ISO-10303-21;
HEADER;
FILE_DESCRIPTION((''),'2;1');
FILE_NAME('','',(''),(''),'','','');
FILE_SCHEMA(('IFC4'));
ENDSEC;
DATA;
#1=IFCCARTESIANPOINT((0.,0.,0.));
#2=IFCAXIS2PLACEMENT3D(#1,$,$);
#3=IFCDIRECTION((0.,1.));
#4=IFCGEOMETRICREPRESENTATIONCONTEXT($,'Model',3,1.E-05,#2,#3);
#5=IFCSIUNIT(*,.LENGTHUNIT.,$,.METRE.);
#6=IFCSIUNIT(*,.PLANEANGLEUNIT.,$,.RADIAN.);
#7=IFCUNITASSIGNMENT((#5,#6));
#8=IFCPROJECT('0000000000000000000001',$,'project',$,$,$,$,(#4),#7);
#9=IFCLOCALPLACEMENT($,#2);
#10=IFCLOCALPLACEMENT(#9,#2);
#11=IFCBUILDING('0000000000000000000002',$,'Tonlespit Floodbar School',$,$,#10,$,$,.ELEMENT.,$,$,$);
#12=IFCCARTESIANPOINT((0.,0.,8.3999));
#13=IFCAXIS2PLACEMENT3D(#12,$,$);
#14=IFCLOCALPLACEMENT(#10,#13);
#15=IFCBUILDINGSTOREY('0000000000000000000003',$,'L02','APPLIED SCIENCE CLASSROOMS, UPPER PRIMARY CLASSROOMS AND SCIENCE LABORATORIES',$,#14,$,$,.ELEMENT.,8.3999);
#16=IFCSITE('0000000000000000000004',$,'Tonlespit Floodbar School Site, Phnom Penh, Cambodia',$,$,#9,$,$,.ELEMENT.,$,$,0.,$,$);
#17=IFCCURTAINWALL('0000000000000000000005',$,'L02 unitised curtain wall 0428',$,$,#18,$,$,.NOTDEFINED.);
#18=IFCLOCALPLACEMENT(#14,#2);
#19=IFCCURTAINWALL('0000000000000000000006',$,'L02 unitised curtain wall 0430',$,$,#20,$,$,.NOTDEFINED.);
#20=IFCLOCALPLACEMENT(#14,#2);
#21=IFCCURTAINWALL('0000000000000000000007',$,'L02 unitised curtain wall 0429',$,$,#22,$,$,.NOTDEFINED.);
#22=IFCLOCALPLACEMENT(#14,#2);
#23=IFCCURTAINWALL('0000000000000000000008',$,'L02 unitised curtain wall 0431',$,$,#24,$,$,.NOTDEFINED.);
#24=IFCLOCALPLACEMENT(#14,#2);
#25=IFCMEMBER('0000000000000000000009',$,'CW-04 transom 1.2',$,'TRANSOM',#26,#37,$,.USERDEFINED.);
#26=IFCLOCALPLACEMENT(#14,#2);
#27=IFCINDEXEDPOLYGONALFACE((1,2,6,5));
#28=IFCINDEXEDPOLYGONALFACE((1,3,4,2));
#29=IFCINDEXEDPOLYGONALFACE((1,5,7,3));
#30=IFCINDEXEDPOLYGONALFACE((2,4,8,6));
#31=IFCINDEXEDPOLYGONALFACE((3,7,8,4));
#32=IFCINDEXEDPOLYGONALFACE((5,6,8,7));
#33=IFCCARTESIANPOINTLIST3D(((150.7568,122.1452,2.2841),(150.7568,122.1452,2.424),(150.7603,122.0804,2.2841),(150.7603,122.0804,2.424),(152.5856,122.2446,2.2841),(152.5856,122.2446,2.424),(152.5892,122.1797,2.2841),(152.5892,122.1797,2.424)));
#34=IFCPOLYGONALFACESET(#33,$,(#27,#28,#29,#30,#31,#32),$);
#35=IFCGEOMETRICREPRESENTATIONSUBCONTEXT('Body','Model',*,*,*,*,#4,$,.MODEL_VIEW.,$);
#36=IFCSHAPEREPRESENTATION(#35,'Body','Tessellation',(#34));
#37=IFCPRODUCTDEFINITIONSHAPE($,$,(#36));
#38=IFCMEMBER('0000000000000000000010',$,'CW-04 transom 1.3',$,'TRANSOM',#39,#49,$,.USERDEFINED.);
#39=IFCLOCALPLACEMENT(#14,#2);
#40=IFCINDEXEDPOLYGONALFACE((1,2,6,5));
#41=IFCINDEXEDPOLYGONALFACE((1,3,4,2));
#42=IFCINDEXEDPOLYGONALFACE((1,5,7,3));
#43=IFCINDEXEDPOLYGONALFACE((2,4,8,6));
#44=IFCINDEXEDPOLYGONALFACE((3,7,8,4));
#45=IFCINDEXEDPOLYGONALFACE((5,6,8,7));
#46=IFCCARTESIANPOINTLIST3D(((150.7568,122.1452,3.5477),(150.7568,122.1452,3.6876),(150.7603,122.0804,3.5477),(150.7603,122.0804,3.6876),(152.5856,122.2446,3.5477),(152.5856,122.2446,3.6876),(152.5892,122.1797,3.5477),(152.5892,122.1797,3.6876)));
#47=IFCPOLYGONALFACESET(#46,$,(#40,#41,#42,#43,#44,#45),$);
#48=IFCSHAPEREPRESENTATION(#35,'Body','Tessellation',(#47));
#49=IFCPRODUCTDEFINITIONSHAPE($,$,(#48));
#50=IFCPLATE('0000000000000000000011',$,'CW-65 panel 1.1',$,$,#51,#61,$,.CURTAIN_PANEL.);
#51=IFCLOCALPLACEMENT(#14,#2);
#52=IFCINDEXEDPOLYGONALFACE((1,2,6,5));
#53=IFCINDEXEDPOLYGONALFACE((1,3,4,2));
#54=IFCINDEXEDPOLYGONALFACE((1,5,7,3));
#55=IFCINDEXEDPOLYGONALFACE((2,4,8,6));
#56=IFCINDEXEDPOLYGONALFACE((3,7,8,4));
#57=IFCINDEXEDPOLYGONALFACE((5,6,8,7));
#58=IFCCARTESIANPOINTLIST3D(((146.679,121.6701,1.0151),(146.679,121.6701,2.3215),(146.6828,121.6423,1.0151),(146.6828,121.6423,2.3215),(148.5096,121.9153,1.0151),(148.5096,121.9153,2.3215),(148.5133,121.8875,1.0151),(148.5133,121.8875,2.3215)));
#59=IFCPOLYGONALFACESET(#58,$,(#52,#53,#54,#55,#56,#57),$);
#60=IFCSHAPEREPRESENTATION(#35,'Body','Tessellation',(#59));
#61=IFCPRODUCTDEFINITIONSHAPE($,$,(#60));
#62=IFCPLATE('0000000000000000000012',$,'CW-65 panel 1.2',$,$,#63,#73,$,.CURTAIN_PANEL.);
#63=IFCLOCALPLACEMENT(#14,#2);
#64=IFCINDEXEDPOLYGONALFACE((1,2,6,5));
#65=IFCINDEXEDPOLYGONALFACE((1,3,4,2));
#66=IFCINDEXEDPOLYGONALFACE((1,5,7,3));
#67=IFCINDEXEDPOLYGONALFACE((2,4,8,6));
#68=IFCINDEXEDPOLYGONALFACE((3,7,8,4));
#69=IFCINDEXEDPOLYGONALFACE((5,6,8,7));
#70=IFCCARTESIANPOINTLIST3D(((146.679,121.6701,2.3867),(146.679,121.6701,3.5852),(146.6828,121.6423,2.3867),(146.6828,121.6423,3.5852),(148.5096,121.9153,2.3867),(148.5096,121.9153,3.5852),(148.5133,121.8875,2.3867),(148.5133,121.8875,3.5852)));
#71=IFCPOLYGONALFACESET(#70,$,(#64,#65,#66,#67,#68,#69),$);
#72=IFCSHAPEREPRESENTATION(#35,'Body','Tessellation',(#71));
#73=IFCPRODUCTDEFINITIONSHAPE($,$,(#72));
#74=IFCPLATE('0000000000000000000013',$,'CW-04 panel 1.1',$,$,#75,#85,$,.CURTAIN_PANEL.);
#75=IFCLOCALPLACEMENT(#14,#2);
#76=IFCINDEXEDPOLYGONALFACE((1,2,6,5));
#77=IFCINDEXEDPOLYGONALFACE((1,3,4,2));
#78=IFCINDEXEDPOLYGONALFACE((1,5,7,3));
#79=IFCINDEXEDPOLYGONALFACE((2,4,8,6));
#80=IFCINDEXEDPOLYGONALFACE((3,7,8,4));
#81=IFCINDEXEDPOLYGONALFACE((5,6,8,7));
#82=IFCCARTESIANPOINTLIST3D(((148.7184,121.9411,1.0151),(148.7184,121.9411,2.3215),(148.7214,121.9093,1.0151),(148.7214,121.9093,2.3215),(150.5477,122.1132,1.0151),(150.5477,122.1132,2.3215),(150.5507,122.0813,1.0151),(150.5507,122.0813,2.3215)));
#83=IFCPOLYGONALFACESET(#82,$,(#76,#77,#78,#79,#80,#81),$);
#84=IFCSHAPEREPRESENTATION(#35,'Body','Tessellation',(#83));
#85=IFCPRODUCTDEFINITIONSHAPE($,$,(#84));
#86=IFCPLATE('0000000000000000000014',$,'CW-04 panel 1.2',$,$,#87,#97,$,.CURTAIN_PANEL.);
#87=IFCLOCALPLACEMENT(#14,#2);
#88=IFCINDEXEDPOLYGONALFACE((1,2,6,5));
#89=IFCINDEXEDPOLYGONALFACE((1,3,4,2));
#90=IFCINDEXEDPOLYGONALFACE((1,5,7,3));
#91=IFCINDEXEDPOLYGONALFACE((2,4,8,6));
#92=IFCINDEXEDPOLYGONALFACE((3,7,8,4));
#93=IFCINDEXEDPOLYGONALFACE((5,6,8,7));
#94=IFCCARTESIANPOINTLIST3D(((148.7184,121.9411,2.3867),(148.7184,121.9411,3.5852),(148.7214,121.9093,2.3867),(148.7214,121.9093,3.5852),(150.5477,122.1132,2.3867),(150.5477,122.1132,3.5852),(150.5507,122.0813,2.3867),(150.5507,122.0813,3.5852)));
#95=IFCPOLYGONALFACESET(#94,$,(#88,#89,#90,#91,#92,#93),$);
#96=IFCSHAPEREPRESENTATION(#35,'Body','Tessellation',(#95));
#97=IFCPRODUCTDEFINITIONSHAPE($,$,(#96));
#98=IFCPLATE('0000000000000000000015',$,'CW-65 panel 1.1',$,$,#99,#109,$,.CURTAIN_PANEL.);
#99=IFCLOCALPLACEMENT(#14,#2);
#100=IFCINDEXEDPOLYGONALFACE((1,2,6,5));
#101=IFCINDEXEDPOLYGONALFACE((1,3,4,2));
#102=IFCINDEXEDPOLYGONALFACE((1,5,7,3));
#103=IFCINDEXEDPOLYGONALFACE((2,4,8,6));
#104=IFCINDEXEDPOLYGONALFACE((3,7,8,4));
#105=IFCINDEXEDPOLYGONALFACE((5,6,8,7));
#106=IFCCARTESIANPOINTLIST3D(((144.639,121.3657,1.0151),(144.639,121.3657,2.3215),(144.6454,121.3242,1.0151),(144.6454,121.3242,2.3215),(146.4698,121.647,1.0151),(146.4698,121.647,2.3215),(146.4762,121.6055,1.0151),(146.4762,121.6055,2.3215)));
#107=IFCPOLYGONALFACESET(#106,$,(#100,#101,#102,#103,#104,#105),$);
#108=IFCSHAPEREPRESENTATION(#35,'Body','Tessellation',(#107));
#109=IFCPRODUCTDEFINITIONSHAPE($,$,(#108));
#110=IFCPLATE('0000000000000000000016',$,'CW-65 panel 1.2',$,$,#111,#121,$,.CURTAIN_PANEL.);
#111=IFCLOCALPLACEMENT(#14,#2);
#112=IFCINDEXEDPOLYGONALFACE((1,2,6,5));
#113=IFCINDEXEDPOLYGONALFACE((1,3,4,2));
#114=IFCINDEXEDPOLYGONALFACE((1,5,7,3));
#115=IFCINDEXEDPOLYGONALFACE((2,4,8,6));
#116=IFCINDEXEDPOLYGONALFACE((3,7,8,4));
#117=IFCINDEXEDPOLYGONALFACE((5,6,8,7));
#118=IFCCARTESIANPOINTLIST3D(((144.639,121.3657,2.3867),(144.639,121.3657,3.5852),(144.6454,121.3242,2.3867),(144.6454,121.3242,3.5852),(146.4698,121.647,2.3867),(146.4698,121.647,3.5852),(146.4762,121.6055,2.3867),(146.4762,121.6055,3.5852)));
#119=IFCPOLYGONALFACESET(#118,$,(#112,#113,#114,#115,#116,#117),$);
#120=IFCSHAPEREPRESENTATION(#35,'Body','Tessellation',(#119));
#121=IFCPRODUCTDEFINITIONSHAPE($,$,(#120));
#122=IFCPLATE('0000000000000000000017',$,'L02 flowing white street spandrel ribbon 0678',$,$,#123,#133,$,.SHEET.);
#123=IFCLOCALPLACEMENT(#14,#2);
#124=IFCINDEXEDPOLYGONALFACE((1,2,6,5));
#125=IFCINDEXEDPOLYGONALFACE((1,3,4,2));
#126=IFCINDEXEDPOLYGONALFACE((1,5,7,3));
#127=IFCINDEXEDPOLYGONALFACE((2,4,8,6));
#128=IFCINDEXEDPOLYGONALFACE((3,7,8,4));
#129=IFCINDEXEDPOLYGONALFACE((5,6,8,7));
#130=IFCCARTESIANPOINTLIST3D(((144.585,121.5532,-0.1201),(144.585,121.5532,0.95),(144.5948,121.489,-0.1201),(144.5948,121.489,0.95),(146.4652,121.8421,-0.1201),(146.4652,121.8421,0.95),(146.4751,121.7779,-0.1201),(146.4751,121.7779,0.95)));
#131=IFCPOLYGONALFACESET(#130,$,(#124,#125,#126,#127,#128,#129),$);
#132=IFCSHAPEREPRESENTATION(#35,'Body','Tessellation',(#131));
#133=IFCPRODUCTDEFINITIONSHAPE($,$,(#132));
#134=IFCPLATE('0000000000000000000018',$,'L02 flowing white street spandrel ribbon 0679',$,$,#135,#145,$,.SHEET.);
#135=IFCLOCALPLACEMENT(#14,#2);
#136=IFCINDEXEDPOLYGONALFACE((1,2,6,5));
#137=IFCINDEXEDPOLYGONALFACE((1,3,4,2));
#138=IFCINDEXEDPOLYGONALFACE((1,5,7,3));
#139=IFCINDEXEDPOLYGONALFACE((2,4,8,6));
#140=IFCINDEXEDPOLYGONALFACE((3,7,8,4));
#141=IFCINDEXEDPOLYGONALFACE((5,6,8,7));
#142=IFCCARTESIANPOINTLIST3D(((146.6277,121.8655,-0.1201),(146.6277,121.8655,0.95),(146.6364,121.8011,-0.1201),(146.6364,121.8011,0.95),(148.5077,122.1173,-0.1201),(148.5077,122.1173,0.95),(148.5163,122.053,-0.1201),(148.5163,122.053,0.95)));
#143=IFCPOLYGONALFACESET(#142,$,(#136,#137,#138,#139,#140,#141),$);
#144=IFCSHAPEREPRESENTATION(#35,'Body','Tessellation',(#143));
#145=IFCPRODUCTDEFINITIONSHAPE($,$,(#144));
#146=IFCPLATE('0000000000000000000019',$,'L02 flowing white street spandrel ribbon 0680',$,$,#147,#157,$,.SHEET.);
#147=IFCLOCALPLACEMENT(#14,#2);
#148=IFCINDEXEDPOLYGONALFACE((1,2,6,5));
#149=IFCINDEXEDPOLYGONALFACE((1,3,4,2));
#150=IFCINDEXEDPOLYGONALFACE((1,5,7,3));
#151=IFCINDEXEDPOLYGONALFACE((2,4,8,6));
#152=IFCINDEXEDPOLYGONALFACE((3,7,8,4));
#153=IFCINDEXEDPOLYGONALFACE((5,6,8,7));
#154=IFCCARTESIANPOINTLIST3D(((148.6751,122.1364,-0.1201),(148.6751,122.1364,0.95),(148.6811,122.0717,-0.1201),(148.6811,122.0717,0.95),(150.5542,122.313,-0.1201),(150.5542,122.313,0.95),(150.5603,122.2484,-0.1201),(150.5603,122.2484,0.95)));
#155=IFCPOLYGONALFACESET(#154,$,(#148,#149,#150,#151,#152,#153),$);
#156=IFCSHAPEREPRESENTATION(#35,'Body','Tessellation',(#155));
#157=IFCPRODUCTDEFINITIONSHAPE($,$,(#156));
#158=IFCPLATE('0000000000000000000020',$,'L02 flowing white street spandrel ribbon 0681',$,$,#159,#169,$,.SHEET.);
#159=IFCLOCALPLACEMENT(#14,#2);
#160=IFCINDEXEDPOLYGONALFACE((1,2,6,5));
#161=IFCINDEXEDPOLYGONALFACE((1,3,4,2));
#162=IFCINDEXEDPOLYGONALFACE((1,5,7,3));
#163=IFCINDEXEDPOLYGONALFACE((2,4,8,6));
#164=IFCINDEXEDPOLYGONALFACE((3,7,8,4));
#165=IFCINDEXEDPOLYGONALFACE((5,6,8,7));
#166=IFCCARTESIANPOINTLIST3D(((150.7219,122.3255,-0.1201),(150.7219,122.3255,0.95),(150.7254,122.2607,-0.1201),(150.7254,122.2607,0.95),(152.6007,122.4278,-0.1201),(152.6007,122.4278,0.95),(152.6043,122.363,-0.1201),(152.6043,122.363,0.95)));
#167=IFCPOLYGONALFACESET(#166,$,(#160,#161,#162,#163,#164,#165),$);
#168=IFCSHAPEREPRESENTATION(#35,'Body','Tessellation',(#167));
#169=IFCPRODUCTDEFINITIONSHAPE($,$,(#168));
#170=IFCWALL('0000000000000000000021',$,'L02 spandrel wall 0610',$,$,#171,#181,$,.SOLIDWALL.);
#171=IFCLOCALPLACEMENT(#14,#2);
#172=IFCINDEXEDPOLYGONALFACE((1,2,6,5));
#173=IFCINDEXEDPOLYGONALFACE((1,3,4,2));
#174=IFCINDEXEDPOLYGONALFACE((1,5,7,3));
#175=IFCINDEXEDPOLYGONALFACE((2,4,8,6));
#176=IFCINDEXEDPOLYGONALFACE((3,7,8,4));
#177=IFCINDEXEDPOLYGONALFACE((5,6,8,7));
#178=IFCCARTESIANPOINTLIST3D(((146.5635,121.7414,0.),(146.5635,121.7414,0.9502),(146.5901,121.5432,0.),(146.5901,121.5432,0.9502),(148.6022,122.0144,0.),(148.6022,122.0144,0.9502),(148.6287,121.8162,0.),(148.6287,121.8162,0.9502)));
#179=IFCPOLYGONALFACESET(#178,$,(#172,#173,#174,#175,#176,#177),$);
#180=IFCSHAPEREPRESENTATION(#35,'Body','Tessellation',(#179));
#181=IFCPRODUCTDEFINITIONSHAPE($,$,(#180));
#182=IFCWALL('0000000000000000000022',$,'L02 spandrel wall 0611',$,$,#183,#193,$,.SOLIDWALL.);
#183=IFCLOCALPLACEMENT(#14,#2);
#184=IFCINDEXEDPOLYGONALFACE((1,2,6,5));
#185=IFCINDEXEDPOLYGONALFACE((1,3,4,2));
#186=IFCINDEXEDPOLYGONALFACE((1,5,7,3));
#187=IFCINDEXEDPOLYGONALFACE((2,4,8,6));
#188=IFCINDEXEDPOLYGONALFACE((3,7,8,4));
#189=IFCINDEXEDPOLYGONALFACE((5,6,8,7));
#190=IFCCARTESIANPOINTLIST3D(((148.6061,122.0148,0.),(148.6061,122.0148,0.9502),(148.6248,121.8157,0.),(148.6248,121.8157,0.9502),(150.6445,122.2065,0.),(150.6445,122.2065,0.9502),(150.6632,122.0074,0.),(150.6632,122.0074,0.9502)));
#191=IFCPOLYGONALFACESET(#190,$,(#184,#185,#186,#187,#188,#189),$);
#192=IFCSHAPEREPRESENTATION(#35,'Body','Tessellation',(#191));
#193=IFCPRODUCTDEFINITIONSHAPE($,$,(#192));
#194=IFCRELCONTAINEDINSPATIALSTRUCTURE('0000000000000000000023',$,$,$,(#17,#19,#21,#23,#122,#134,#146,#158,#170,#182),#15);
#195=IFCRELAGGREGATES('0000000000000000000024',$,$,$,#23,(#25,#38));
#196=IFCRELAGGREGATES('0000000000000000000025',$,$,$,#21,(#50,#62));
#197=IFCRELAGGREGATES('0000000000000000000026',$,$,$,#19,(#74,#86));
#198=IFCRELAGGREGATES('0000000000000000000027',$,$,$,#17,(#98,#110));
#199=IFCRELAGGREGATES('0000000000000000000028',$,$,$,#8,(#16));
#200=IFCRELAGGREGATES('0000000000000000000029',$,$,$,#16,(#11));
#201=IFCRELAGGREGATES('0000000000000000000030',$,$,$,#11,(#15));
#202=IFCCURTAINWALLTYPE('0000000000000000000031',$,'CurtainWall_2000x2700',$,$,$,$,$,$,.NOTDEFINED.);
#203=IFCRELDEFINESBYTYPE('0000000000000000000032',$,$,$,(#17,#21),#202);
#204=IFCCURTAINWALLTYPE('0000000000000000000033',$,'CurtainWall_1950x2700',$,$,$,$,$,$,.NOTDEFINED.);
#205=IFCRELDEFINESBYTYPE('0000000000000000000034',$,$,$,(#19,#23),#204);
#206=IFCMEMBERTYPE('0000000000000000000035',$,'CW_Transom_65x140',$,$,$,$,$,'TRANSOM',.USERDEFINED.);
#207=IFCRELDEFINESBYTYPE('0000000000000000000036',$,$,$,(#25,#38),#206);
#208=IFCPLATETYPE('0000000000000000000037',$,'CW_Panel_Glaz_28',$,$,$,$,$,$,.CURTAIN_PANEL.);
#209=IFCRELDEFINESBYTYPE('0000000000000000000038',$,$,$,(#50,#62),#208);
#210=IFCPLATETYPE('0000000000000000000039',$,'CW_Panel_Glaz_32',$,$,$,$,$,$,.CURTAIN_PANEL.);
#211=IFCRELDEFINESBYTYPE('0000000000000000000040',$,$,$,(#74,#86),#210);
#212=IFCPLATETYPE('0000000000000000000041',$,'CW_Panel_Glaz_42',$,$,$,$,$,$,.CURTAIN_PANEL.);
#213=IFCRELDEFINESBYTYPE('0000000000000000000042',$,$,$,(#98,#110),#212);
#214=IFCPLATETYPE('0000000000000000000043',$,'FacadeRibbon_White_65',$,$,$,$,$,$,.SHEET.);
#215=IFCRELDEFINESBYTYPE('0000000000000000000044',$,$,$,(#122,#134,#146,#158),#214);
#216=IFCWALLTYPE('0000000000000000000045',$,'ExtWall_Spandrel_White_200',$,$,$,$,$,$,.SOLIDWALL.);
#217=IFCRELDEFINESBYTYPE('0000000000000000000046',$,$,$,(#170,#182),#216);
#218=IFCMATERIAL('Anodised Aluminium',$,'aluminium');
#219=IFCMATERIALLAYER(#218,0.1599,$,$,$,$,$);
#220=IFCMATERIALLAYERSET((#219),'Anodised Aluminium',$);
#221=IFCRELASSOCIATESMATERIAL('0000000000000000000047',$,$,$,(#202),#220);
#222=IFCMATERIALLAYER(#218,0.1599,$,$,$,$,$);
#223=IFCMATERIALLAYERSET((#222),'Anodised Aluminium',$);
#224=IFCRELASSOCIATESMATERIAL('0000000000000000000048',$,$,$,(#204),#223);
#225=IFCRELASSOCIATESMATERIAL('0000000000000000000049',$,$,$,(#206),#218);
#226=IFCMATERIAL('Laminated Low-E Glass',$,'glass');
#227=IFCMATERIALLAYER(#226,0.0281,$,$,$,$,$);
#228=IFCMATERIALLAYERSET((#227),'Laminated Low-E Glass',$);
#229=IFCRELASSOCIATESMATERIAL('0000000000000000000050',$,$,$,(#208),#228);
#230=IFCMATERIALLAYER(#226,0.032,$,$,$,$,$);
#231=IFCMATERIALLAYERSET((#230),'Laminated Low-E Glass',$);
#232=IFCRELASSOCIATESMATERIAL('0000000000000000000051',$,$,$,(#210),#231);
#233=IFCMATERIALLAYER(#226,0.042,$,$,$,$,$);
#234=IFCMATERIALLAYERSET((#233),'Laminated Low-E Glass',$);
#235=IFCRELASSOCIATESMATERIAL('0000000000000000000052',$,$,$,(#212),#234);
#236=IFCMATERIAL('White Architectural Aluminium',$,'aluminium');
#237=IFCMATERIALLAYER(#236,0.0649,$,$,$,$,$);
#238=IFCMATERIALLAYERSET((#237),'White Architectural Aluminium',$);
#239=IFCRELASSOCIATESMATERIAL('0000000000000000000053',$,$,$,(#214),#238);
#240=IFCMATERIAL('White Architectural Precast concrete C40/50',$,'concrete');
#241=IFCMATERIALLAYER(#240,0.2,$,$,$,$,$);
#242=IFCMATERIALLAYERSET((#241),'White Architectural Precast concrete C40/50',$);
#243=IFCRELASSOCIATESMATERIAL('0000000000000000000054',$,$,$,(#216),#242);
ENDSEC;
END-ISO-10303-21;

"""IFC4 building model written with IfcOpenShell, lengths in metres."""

from ifc_helpers import new_model, si_unit, direction, frame, frame_2d, origin, origin_2d, place, context, subcontext, project, spatial, rectangle, extrude, material, layer, layer_set, material_profile, profile_set, type_object, element, aggregate, save


model = new_model("IFC4")

# Units and contexts
model_context = context("Model", 3, precision=1e-05, world=origin(), true_north=direction((0.0, 1.0)))
body_context = subcontext(model_context, "Body", "Model", "MODEL_VIEW")
ifc_project = project(units=[si_unit("LENGTHUNIT", "METRE"), si_unit("PLANEANGLEUNIT", "RADIAN")], contexts=[model_context])

# Site, building, storey
site_placement = place(None, origin())
site = spatial("IfcSite", under=ifc_project, at=site_placement, Name="Tonlespit Floodbar School Site, Phnom Penh, Cambodia", CompositionType="ELEMENT", RefElevation=0.0)
building_placement = place(site_placement, origin())
building = spatial("IfcBuilding", under=site, at=building_placement, Name="Tonlespit Floodbar School", CompositionType="ELEMENT")
storey_placement = place(building_placement, frame((0.0, 0.0, 8.3999)))
storey = spatial("IfcBuildingStorey", under=building, at=storey_placement, Name="L02", Description="APPLIED SCIENCE CLASSROOMS, UPPER PRIMARY CLASSROOMS AND SCIENCE LABORATORIES", CompositionType="ELEMENT", Elevation=8.3999)

# Curtain wall
ifc_material_1 = material(Name="Anodised Aluminium", Category="aluminium")
ifc_layer_1 = layer(ifc_material_1, 0.1599)
ifc_layer_set_1 = layer_set([ifc_layer_1], Name="Anodised Aluminium")
curtain_wall_type_1 = type_object("IfcCurtainWallType", Name="CurtainWall_2000x2700", PredefinedType="NOTDEFINED", material=ifc_layer_set_1)
curtain_wall_1_placement = place(storey_placement, origin())
curtain_wall_1 = element("IfcCurtainWall", 1, at=curtain_wall_1_placement, inside=storey, type_object=curtain_wall_type_1, Name="L02 unitised curtain wall 0428", PredefinedType="NOTDEFINED")

# Curtain walls
ifc_layer_2 = layer(ifc_material_1, 0.1599)
ifc_layer_set_2 = layer_set([ifc_layer_2], Name="Anodised Aluminium")
curtain_wall_type_2 = type_object("IfcCurtainWallType", Name="CurtainWall_1950x2700", PredefinedType="NOTDEFINED", material=ifc_layer_set_2)
curtain_wall_2_placement = place(storey_placement, origin())
curtain_wall_2 = element("IfcCurtainWall", 2, at=curtain_wall_2_placement, inside=storey, type_object=curtain_wall_type_2, Name="L02 unitised curtain wall 0430", PredefinedType="NOTDEFINED")
curtain_wall_3_placement = place(storey_placement, origin())
curtain_wall_3 = element("IfcCurtainWall", 3, at=curtain_wall_3_placement, inside=storey, type_object=curtain_wall_type_1, Name="L02 unitised curtain wall 0429", PredefinedType="NOTDEFINED")

# Curtain wall
curtain_wall_4_placement = place(storey_placement, origin())
curtain_wall_4 = element("IfcCurtainWall", 4, at=curtain_wall_4_placement, inside=storey, type_object=curtain_wall_type_2, Name="L02 unitised curtain wall 0431", PredefinedType="NOTDEFINED")

# Members
ifc_material_profile_1 = material_profile(ifc_material_1, rectangle(XDim=0.0649, YDim=0.1399, at=origin_2d()), Name="ALU T65x140")
ifc_profile_set_1 = profile_set([ifc_material_profile_1], Name="Anodised Aluminium")
member_type_1 = type_object("IfcMemberType", Name="CW_Transom_65x140", ElementType="TRANSOM", PredefinedType="USERDEFINED", material=ifc_profile_set_1)
member_1_placement = place(storey_placement, frame((150.7585, 122.1128, 2.354), z_axis=(0.998527, 0.054252, 0.0), x_axis=(-0.054252, 0.998527, 0.0)))
member_1 = element("IfcMember", 5, at=member_1_placement, type_object=member_type_1, Name="CW-04 transom 1.2", ObjectType="TRANSOM", PredefinedType="USERDEFINED", context=body_context, shape_type="SweptSolid", body=[
    extrude(rectangle(XDim=0.0649, YDim=0.1399, at=origin_2d()), origin(), (0.0, 0.0, 1.0), 1.8315),
])
member_2_placement = place(storey_placement, frame((150.7585, 122.1128, 3.6177), z_axis=(0.998527, 0.054252, 0.0), x_axis=(-0.054252, 0.998527, 0.0)))
member_2 = element("IfcMember", 6, at=member_2_placement, type_object=member_type_1, Name="CW-04 transom 1.3", ObjectType="TRANSOM", PredefinedType="USERDEFINED", context=body_context, shape_type="SweptSolid", body=[
    extrude(rectangle(XDim=0.0649, YDim=0.1399, at=origin_2d()), origin(), (0.0, 0.0, 1.0), 1.8315),
])
aggregate(curtain_wall_4, [member_1, member_2])

# Plates
ifc_material_2 = material(Name="Laminated Low-E Glass", Category="glass")
ifc_layer_3 = layer(ifc_material_2, 0.0281)
ifc_layer_set_3 = layer_set([ifc_layer_3], Name="Laminated Low-E Glass")
plate_type_1 = type_object("IfcPlateType", Name="CW_Panel_Glaz_28", PredefinedType="CURTAIN_PANEL", material=ifc_layer_set_3)
plate_1_placement = place(storey_placement, frame((147.5962, 121.7788, 1.0151), z_axis=(0.0, 0.0, 1.0), x_axis=(0.991144, 0.13279, 0.0)))
plate_1 = element("IfcPlate", 7, at=plate_1_placement, type_object=plate_type_1, Name="CW-65 panel 1.1", PredefinedType="CURTAIN_PANEL", context=body_context, shape_type="SweptSolid", body=[
    extrude(rectangle(XDim=1.8469, YDim=0.0281, at=origin_2d()), origin(), (0.0, 0.0, 1.0), 1.3064),
])
plate_2_placement = place(storey_placement, frame((147.5962, 121.7788, 2.3867), z_axis=(0.0, 0.0, 1.0), x_axis=(0.991144, 0.13279, 0.0)))
plate_2 = element("IfcPlate", 8, at=plate_2_placement, type_object=plate_type_1, Name="CW-65 panel 1.2", PredefinedType="CURTAIN_PANEL", context=body_context, shape_type="SweptSolid", body=[
    extrude(rectangle(XDim=1.8469, YDim=0.0281, at=origin_2d()), origin(), (0.0, 0.0, 1.0), 1.1985),
])
aggregate(curtain_wall_3, [plate_1, plate_2])
ifc_layer_4 = layer(ifc_material_2, 0.032)
ifc_layer_set_4 = layer_set([ifc_layer_4], Name="Laminated Low-E Glass")
plate_type_2 = type_object("IfcPlateType", Name="CW_Panel_Glaz_32", PredefinedType="CURTAIN_PANEL", material=ifc_layer_set_4)
plate_3_placement = place(storey_placement, frame((149.6345, 122.0112, 1.0151), z_axis=(0.0, 0.0, 1.0), x_axis=(0.995608, 0.093624, 0.0)))
plate_3 = element("IfcPlate", 9, at=plate_3_placement, type_object=plate_type_2, Name="CW-04 panel 1.1", PredefinedType="CURTAIN_PANEL", context=body_context, shape_type="SweptSolid", body=[
    extrude(rectangle(XDim=1.8374, YDim=0.032, at=origin_2d()), origin(), (0.0, 0.0, 1.0), 1.3064),
])
plate_4_placement = place(storey_placement, frame((149.6345, 122.0112, 2.3867), z_axis=(0.0, 0.0, 1.0), x_axis=(0.995608, 0.093624, 0.0)))
plate_4 = element("IfcPlate", 10, at=plate_4_placement, type_object=plate_type_2, Name="CW-04 panel 1.2", PredefinedType="CURTAIN_PANEL", context=body_context, shape_type="SweptSolid", body=[
    extrude(rectangle(XDim=1.8374, YDim=0.032, at=origin_2d()), origin(), (0.0, 0.0, 1.0), 1.1985),
])
aggregate(curtain_wall_2, [plate_3, plate_4])
ifc_layer_5 = layer(ifc_material_2, 0.042)
ifc_layer_set_5 = layer_set([ifc_layer_5], Name="Laminated Low-E Glass")
plate_type_3 = type_object("IfcPlateType", Name="CW_Panel_Glaz_42", PredefinedType="CURTAIN_PANEL", material=ifc_layer_set_5)
plate_5_placement = place(storey_placement, frame((145.5576, 121.4856, 1.0151), z_axis=(0.0, 0.0, 1.0), x_axis=(0.988405, 0.151837, 0.0)))
plate_5 = element("IfcPlate", 11, at=plate_5_placement, type_object=plate_type_3, Name="CW-65 panel 1.1", PredefinedType="CURTAIN_PANEL", context=body_context, shape_type="SweptSolid", body=[
    extrude(rectangle(XDim=1.8523, YDim=0.042, at=origin_2d()), origin(), (0.0, 0.0, 1.0), 1.3064),
])
plate_6_placement = place(storey_placement, frame((145.5576, 121.4856, 2.3867), z_axis=(0.0, 0.0, 1.0), x_axis=(0.988405, 0.151837, 0.0)))
plate_6 = element("IfcPlate", 12, at=plate_6_placement, type_object=plate_type_3, Name="CW-65 panel 1.2", PredefinedType="CURTAIN_PANEL", context=body_context, shape_type="SweptSolid", body=[
    extrude(rectangle(XDim=1.8523, YDim=0.042, at=origin_2d()), origin(), (0.0, 0.0, 1.0), 1.1985),
])
aggregate(curtain_wall_1, [plate_5, plate_6])

# Plates
ifc_material_3 = material(Name="White Architectural Aluminium", Category="aluminium")
ifc_layer_6 = layer(ifc_material_3, 0.0649)
ifc_layer_set_6 = layer_set([ifc_layer_6], Name="White Architectural Aluminium")
plate_type_4 = type_object("IfcPlateType", Name="FacadeRibbon_White_65", PredefinedType="SHEET", material=ifc_layer_set_6)
plate_7_placement = place(storey_placement, frame((145.53, 121.6655, -0.1201), z_axis=(0.0, 0.0, 1.0), x_axis=(0.988401, 0.151868, 0.0)))
element("IfcPlate", 13, at=plate_7_placement, inside=storey, type_object=plate_type_4, Name="L02 flowing white street spandrel ribbon 0678", PredefinedType="SHEET", context=body_context, shape_type="SweptSolid", body=[
    extrude(rectangle(XDim=1.9023, YDim=0.0649, at=origin_2d()), origin(), (0.0, 0.0, 1.0), 1.0701),
])
plate_8_placement = place(storey_placement, frame((147.572, 121.9592, -0.1201), z_axis=(0.0, 0.0, 1.0), x_axis=(0.991145, 0.132784, 0.0)))
element("IfcPlate", 14, at=plate_8_placement, inside=storey, type_object=plate_type_4, Name="L02 flowing white street spandrel ribbon 0679", PredefinedType="SHEET", context=body_context, shape_type="SweptSolid", body=[
    extrude(rectangle(XDim=1.8967, YDim=0.0649, at=origin_2d()), origin(), (0.0, 0.0, 1.0), 1.0701),
])
plate_9_placement = place(storey_placement, frame((149.6177, 122.1924, -0.1201), z_axis=(0.0, 0.0, 1.0), x_axis=(0.995611, 0.093584, 0.0)))
element("IfcPlate", 15, at=plate_9_placement, inside=storey, type_object=plate_type_4, Name="L02 flowing white street spandrel ribbon 0680", PredefinedType="SHEET", context=body_context, shape_type="SweptSolid", body=[
    extrude(rectangle(XDim=1.8875, YDim=0.0649, at=origin_2d()), origin(), (0.0, 0.0, 1.0), 1.0701),
])
plate_10_placement = place(storey_placement, frame((151.6631, 122.3442, -0.1201), z_axis=(0.0, 0.0, 1.0), x_axis=(0.998521, 0.054372, 0.0)))
element("IfcPlate", 16, at=plate_10_placement, inside=storey, type_object=plate_type_4, Name="L02 flowing white street spandrel ribbon 0681", PredefinedType="SHEET", context=body_context, shape_type="SweptSolid", body=[
    extrude(rectangle(XDim=1.8816, YDim=0.0649, at=origin_2d()), origin(), (0.0, 0.0, 1.0), 1.0701),
])

# Walls
ifc_material_4 = material(Name="White Architectural Precast concrete C40/50", Category="concrete")
ifc_layer_7 = layer(ifc_material_4, 0.2)
ifc_layer_set_7 = layer_set([ifc_layer_7], Name="White Architectural Precast concrete C40/50")
wall_type = type_object("IfcWallType", Name="ExtWall_Spandrel_White_200", PredefinedType="SOLIDWALL", material=ifc_layer_set_7)
wall_1_placement = place(storey_placement, frame((146.5769, 121.6423, 0.0), z_axis=(0.0, 0.0, 1.0), x_axis=(0.991155, 0.132708, 0.0)))
element("IfcWall", 17, at=wall_1_placement, inside=storey, type_object=wall_type, Name="L02 spandrel wall 0610", PredefinedType="SOLIDWALL", context=body_context, shape_type="SweptSolid", body=[
    extrude(rectangle(XDim=2.0569, YDim=0.2, at=frame_2d((1.0283, 0.0))), origin(), (0.0, 0.0, 1.0), 0.9502),
])
wall_2_placement = place(storey_placement, frame((148.6155, 121.9153, 0.0), z_axis=(0.0, 0.0, 1.0), x_axis=(0.995609, 0.09361, 0.0)))
element("IfcWall", 18, at=wall_2_placement, inside=storey, type_object=wall_type, Name="L02 spandrel wall 0611", PredefinedType="SOLIDWALL", context=body_context, shape_type="SweptSolid", body=[
    extrude(rectangle(XDim=2.0474, YDim=0.2, at=frame_2d((1.0237, 0.0))), origin(), (0.0, 0.0, 1.0), 0.9502),
])

save(model, "model.ifc")
